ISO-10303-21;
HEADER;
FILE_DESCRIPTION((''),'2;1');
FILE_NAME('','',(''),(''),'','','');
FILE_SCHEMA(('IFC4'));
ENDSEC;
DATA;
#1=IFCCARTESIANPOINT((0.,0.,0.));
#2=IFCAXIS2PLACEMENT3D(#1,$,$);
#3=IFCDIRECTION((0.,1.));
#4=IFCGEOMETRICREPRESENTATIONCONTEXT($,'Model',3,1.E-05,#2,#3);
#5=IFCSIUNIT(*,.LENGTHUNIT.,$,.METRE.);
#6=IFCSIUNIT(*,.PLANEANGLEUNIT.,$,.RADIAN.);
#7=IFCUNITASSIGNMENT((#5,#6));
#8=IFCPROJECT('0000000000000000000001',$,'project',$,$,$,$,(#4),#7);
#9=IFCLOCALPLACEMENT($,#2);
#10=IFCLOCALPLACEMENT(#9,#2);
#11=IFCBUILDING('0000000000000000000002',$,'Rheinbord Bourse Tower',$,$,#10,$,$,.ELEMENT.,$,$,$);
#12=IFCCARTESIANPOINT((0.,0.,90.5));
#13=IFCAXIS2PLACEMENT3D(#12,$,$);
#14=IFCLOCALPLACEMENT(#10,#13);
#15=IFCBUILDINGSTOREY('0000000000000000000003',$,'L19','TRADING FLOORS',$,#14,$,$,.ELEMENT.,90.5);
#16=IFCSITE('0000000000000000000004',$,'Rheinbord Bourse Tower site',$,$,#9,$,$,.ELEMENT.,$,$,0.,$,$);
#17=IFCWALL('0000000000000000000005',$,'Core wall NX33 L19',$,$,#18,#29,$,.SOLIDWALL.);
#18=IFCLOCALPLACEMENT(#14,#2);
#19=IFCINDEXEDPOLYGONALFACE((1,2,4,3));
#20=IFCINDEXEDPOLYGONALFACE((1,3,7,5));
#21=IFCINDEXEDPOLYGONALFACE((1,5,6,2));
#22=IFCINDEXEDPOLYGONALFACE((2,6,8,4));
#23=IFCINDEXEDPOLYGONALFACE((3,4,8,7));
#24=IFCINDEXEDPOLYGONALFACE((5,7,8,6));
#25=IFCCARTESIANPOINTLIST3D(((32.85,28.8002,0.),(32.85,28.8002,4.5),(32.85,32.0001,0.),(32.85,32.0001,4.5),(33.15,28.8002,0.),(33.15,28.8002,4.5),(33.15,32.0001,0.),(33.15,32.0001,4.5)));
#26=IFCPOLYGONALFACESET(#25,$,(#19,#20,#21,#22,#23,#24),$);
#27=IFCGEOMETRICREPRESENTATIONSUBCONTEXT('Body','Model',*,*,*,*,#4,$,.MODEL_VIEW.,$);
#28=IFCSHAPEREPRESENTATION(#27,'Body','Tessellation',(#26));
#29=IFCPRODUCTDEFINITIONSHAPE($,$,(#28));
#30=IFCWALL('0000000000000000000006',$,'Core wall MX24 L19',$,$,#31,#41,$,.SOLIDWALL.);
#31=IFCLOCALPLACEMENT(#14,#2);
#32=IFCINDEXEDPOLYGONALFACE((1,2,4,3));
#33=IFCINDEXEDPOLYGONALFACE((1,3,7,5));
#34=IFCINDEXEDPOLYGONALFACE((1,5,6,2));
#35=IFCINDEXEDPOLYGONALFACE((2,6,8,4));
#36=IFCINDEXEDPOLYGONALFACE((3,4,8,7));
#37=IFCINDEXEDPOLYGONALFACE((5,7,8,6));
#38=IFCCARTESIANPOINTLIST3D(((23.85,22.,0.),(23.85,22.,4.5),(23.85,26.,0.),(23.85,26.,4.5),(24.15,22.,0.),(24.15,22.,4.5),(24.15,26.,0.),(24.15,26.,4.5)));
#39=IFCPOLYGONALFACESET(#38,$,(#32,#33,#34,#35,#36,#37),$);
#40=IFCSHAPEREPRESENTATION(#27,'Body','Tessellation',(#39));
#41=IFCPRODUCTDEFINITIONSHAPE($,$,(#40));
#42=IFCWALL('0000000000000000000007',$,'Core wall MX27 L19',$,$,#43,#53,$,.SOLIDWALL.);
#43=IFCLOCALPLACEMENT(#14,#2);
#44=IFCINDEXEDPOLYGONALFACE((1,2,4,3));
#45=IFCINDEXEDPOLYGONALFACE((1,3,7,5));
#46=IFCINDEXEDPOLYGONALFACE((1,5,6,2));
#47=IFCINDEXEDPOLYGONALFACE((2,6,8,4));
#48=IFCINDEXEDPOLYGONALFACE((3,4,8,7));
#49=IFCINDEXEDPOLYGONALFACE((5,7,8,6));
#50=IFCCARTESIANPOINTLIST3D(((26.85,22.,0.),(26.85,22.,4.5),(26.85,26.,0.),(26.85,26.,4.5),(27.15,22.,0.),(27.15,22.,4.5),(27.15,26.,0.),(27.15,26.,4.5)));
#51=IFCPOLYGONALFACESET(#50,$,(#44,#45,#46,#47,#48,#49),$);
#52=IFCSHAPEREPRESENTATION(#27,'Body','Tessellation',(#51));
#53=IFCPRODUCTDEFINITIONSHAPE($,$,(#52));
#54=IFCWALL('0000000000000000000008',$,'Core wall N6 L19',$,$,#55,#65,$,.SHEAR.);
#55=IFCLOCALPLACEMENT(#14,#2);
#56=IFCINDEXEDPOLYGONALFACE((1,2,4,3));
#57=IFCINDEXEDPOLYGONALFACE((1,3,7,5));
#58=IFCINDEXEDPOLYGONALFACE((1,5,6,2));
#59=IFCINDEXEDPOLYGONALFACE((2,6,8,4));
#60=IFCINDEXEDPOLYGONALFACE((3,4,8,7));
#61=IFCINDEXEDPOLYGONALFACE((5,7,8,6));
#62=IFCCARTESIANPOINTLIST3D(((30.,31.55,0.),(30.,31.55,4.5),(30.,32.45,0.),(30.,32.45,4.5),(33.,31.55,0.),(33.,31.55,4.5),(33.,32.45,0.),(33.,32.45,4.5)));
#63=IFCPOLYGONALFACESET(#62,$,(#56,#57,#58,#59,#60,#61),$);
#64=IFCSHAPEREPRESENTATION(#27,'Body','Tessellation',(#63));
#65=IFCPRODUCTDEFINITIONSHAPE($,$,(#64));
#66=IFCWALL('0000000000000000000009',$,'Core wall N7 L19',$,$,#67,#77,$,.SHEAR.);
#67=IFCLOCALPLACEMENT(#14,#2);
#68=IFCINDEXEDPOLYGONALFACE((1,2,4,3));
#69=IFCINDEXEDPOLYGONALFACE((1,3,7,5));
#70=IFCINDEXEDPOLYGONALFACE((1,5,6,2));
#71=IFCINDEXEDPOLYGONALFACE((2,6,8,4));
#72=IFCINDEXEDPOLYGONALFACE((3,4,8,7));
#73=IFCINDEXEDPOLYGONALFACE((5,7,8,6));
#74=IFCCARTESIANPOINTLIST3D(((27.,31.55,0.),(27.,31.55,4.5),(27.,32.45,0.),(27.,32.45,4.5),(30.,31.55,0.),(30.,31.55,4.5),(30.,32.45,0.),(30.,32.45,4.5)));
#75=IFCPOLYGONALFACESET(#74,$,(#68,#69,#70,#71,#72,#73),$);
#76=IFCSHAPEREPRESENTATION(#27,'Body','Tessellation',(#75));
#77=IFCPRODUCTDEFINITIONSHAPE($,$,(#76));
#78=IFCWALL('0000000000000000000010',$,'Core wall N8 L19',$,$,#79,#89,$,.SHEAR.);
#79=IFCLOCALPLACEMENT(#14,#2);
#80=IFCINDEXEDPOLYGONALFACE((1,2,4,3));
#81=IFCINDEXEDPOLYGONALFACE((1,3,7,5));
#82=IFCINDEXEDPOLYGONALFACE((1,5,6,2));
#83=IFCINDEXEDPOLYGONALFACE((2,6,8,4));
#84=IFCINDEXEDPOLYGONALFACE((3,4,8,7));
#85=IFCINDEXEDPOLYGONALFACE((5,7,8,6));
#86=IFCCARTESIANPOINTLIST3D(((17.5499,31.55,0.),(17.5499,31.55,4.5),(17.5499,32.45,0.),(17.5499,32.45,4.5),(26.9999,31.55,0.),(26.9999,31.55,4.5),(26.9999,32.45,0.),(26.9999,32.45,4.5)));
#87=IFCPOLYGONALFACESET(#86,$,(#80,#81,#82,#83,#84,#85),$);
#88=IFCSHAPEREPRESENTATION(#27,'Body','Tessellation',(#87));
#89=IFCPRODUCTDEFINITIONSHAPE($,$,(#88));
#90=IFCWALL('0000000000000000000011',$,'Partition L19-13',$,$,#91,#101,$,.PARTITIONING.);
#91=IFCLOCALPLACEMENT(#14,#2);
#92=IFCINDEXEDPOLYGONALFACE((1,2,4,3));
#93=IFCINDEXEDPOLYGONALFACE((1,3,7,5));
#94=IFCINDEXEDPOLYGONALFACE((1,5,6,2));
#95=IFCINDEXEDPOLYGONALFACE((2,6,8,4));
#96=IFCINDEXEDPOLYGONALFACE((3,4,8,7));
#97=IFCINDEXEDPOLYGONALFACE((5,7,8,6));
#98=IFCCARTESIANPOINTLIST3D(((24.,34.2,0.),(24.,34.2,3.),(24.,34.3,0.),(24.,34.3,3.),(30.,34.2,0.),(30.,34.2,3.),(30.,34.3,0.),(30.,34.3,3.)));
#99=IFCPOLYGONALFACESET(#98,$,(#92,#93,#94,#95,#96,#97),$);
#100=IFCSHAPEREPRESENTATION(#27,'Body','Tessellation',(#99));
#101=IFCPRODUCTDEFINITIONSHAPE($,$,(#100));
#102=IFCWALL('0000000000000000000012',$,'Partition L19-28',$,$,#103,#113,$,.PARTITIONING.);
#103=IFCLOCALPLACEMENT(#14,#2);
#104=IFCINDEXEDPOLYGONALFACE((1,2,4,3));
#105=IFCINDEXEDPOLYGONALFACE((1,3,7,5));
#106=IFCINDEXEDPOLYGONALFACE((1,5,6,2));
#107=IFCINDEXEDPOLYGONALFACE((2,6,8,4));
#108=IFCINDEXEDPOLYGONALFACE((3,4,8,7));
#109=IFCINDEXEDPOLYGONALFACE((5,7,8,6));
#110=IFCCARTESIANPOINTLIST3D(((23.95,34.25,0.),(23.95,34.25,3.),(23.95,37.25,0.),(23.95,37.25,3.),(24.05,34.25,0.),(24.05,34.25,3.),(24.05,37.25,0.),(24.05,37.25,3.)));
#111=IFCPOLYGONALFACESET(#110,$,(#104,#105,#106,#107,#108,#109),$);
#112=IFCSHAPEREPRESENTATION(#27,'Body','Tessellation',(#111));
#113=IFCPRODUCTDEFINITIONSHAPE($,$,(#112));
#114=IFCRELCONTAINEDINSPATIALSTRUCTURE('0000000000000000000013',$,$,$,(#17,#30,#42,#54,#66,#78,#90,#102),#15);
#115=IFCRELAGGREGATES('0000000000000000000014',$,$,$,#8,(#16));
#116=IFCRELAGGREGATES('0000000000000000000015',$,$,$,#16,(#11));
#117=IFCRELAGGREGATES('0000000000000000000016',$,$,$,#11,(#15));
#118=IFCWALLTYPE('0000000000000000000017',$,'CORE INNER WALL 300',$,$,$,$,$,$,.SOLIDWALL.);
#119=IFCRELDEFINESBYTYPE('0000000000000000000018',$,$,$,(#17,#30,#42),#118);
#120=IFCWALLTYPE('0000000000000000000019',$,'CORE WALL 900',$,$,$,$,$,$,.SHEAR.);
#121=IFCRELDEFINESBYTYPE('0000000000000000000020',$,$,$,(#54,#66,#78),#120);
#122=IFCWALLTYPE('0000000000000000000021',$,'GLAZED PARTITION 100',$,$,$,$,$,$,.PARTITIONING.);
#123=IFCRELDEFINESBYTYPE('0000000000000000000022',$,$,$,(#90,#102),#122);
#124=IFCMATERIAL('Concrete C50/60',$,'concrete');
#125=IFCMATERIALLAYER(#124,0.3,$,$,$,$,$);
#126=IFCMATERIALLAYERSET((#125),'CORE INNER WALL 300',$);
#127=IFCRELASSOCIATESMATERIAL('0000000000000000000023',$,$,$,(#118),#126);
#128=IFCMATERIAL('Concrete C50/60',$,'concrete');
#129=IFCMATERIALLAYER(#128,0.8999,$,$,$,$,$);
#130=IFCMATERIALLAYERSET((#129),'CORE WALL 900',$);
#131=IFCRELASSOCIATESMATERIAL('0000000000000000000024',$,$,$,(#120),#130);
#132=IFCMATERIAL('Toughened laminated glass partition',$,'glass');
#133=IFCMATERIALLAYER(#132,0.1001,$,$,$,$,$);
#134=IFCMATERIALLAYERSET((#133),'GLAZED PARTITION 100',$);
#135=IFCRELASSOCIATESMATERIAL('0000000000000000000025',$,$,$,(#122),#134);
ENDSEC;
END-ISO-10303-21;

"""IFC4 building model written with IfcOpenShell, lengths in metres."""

from ifc_helpers import new_model, si_unit, direction, frame, frame_2d, origin, place, context, subcontext, project, spatial, rectangle, extrude, material, layer, layer_set, type_object, element, save


model = new_model("IFC4")

# Units and contexts
model_context = context("Model", 3, precision=1e-05, world=origin(), true_north=direction((0.0, 1.0)))
body_context = subcontext(model_context, "Body", "Model", "MODEL_VIEW")
ifc_project = project(units=[si_unit("LENGTHUNIT", "METRE"), si_unit("PLANEANGLEUNIT", "RADIAN")], contexts=[model_context])

# Site, building, storey
site_placement = place(None, origin())
site = spatial("IfcSite", under=ifc_project, at=site_placement, Name="Rheinbord Bourse Tower site", CompositionType="ELEMENT", RefElevation=0.0)
building_placement = place(site_placement, origin())
building = spatial("IfcBuilding", under=site, at=building_placement, Name="Rheinbord Bourse Tower", CompositionType="ELEMENT")
storey_placement = place(building_placement, frame((0.0, 0.0, 90.5)))
storey = spatial("IfcBuildingStorey", under=building, at=storey_placement, Name="L19", Description="TRADING FLOORS", CompositionType="ELEMENT", Elevation=90.5)

# Shared definitions
ifc_material_1 = material(Name="Concrete C50/60", Category="concrete")
ifc_layer_1 = layer(ifc_material_1, 0.3)
ifc_layer_set_1 = layer_set([ifc_layer_1], Name="CORE INNER WALL 300")
wall_type_1 = type_object("IfcWallType", Name="CORE INNER WALL 300", PredefinedType="SOLIDWALL", material=ifc_layer_set_1)

# Walls
for number, where, z_axis, x_axis, name in (
    (1, (33.0, 28.8, 0.0), (0.0, 0.0, 1.0), (0.0, 1.0, 0.0), "Core wall NX33 L19"),
):
    element("IfcWall", number, at=place(storey_placement, frame(where, z_axis=z_axis, x_axis=x_axis)), inside=storey, type_object=wall_type_1, Name=name, PredefinedType="SOLIDWALL", context=body_context, shape_type="SweptSolid", body=[
        extrude(rectangle(XDim=3.2, YDim=0.3, at=frame_2d((1.6001, 0.0))), origin(), (0.0, 0.0, 1.0), 4.5),
    ])
for number, where, z_axis, x_axis, name in (
    (2, (24.0, 22.0, 0.0), (0.0, 0.0, 1.0), (0.0, 1.0, 0.0), "Core wall MX24 L19"),
    (3, (27.0, 22.0, 0.0), (0.0, 0.0, 1.0), (0.0, 1.0, 0.0), "Core wall MX27 L19"),
):
    element("IfcWall", number, at=place(storey_placement, frame(where, z_axis=z_axis, x_axis=x_axis)), inside=storey, type_object=wall_type_1, Name=name, PredefinedType="SOLIDWALL", context=body_context, shape_type="SweptSolid", body=[
        extrude(rectangle(XDim=4.0, YDim=0.3, at=frame_2d((2.0, 0.0))), origin(), (0.0, 0.0, 1.0), 4.5),
    ])
ifc_material_2 = material(Name="Concrete C50/60", Category="concrete")
ifc_layer_2 = layer(ifc_material_2, 0.8999)
ifc_layer_set_2 = layer_set([ifc_layer_2], Name="CORE WALL 900")
wall_type_2 = type_object("IfcWallType", Name="CORE WALL 900", PredefinedType="SHEAR", material=ifc_layer_set_2)
for number, where, z_axis, x_axis, name in (
    (4, (33.0, 32.0, 0.0), (0.0, 0.0, 1.0), (-1.0, 0.0, 0.0), "Core wall N6 L19"),
    (5, (30.0, 32.0, 0.0), (0.0, 0.0, 1.0), (-1.0, 0.0, 0.0), "Core wall N7 L19"),
):
    element("IfcWall", number, at=place(storey_placement, frame(where, z_axis=z_axis, x_axis=x_axis)), inside=storey, type_object=wall_type_2, Name=name, PredefinedType="SHEAR", context=body_context, shape_type="SweptSolid", body=[
        extrude(rectangle(XDim=3.0, YDim=0.8999, at=frame_2d((1.5, 0.0))), origin(), (0.0, 0.0, 1.0), 4.5),
    ])
wall_1_placement = place(storey_placement, frame((27.0, 32.0, 0.0), z_axis=(0.0, 0.0, 1.0), x_axis=(-1.0, 0.0, 0.0)))
element("IfcWall", 6, at=wall_1_placement, inside=storey, type_object=wall_type_2, Name="Core wall N8 L19", PredefinedType="SHEAR", context=body_context, shape_type="SweptSolid", body=[
    extrude(rectangle(XDim=9.45, YDim=0.8999, at=frame_2d((4.7251, 0.0))), origin(), (0.0, 0.0, 1.0), 4.5),
])
ifc_material_3 = material(Name="Toughened laminated glass partition", Category="glass")
ifc_layer_3 = layer(ifc_material_3, 0.1001)
ifc_layer_set_3 = layer_set([ifc_layer_3], Name="GLAZED PARTITION 100")
wall_type_3 = type_object("IfcWallType", Name="GLAZED PARTITION 100", PredefinedType="PARTITIONING", material=ifc_layer_set_3)
wall_2_placement = place(storey_placement, frame((24.0, 34.25, 0.0), z_axis=(0.0, 0.0, 1.0), x_axis=(1.0, 0.0, 0.0)))
element("IfcWall", 7, at=wall_2_placement, inside=storey, type_object=wall_type_3, Name="Partition L19-13", PredefinedType="PARTITIONING", context=body_context, shape_type="SweptSolid", body=[
    extrude(rectangle(XDim=6.0, YDim=0.1001, at=frame_2d((3.0, 0.0))), origin(), (0.0, 0.0, 1.0), 3.0),
])
wall_3_placement = place(storey_placement, frame((24.0, 34.25, 0.0), z_axis=(0.0, 0.0, 1.0), x_axis=(0.0, 1.0, 0.0)))
element("IfcWall", 8, at=wall_3_placement, inside=storey, type_object=wall_type_3, Name="Partition L19-28", PredefinedType="PARTITIONING", context=body_context, shape_type="SweptSolid", body=[
    extrude(rectangle(XDim=3.0, YDim=0.1001, at=frame_2d((1.5, 0.0))), origin(), (0.0, 0.0, 1.0), 3.0),
])

save(model, "model.ifc")
